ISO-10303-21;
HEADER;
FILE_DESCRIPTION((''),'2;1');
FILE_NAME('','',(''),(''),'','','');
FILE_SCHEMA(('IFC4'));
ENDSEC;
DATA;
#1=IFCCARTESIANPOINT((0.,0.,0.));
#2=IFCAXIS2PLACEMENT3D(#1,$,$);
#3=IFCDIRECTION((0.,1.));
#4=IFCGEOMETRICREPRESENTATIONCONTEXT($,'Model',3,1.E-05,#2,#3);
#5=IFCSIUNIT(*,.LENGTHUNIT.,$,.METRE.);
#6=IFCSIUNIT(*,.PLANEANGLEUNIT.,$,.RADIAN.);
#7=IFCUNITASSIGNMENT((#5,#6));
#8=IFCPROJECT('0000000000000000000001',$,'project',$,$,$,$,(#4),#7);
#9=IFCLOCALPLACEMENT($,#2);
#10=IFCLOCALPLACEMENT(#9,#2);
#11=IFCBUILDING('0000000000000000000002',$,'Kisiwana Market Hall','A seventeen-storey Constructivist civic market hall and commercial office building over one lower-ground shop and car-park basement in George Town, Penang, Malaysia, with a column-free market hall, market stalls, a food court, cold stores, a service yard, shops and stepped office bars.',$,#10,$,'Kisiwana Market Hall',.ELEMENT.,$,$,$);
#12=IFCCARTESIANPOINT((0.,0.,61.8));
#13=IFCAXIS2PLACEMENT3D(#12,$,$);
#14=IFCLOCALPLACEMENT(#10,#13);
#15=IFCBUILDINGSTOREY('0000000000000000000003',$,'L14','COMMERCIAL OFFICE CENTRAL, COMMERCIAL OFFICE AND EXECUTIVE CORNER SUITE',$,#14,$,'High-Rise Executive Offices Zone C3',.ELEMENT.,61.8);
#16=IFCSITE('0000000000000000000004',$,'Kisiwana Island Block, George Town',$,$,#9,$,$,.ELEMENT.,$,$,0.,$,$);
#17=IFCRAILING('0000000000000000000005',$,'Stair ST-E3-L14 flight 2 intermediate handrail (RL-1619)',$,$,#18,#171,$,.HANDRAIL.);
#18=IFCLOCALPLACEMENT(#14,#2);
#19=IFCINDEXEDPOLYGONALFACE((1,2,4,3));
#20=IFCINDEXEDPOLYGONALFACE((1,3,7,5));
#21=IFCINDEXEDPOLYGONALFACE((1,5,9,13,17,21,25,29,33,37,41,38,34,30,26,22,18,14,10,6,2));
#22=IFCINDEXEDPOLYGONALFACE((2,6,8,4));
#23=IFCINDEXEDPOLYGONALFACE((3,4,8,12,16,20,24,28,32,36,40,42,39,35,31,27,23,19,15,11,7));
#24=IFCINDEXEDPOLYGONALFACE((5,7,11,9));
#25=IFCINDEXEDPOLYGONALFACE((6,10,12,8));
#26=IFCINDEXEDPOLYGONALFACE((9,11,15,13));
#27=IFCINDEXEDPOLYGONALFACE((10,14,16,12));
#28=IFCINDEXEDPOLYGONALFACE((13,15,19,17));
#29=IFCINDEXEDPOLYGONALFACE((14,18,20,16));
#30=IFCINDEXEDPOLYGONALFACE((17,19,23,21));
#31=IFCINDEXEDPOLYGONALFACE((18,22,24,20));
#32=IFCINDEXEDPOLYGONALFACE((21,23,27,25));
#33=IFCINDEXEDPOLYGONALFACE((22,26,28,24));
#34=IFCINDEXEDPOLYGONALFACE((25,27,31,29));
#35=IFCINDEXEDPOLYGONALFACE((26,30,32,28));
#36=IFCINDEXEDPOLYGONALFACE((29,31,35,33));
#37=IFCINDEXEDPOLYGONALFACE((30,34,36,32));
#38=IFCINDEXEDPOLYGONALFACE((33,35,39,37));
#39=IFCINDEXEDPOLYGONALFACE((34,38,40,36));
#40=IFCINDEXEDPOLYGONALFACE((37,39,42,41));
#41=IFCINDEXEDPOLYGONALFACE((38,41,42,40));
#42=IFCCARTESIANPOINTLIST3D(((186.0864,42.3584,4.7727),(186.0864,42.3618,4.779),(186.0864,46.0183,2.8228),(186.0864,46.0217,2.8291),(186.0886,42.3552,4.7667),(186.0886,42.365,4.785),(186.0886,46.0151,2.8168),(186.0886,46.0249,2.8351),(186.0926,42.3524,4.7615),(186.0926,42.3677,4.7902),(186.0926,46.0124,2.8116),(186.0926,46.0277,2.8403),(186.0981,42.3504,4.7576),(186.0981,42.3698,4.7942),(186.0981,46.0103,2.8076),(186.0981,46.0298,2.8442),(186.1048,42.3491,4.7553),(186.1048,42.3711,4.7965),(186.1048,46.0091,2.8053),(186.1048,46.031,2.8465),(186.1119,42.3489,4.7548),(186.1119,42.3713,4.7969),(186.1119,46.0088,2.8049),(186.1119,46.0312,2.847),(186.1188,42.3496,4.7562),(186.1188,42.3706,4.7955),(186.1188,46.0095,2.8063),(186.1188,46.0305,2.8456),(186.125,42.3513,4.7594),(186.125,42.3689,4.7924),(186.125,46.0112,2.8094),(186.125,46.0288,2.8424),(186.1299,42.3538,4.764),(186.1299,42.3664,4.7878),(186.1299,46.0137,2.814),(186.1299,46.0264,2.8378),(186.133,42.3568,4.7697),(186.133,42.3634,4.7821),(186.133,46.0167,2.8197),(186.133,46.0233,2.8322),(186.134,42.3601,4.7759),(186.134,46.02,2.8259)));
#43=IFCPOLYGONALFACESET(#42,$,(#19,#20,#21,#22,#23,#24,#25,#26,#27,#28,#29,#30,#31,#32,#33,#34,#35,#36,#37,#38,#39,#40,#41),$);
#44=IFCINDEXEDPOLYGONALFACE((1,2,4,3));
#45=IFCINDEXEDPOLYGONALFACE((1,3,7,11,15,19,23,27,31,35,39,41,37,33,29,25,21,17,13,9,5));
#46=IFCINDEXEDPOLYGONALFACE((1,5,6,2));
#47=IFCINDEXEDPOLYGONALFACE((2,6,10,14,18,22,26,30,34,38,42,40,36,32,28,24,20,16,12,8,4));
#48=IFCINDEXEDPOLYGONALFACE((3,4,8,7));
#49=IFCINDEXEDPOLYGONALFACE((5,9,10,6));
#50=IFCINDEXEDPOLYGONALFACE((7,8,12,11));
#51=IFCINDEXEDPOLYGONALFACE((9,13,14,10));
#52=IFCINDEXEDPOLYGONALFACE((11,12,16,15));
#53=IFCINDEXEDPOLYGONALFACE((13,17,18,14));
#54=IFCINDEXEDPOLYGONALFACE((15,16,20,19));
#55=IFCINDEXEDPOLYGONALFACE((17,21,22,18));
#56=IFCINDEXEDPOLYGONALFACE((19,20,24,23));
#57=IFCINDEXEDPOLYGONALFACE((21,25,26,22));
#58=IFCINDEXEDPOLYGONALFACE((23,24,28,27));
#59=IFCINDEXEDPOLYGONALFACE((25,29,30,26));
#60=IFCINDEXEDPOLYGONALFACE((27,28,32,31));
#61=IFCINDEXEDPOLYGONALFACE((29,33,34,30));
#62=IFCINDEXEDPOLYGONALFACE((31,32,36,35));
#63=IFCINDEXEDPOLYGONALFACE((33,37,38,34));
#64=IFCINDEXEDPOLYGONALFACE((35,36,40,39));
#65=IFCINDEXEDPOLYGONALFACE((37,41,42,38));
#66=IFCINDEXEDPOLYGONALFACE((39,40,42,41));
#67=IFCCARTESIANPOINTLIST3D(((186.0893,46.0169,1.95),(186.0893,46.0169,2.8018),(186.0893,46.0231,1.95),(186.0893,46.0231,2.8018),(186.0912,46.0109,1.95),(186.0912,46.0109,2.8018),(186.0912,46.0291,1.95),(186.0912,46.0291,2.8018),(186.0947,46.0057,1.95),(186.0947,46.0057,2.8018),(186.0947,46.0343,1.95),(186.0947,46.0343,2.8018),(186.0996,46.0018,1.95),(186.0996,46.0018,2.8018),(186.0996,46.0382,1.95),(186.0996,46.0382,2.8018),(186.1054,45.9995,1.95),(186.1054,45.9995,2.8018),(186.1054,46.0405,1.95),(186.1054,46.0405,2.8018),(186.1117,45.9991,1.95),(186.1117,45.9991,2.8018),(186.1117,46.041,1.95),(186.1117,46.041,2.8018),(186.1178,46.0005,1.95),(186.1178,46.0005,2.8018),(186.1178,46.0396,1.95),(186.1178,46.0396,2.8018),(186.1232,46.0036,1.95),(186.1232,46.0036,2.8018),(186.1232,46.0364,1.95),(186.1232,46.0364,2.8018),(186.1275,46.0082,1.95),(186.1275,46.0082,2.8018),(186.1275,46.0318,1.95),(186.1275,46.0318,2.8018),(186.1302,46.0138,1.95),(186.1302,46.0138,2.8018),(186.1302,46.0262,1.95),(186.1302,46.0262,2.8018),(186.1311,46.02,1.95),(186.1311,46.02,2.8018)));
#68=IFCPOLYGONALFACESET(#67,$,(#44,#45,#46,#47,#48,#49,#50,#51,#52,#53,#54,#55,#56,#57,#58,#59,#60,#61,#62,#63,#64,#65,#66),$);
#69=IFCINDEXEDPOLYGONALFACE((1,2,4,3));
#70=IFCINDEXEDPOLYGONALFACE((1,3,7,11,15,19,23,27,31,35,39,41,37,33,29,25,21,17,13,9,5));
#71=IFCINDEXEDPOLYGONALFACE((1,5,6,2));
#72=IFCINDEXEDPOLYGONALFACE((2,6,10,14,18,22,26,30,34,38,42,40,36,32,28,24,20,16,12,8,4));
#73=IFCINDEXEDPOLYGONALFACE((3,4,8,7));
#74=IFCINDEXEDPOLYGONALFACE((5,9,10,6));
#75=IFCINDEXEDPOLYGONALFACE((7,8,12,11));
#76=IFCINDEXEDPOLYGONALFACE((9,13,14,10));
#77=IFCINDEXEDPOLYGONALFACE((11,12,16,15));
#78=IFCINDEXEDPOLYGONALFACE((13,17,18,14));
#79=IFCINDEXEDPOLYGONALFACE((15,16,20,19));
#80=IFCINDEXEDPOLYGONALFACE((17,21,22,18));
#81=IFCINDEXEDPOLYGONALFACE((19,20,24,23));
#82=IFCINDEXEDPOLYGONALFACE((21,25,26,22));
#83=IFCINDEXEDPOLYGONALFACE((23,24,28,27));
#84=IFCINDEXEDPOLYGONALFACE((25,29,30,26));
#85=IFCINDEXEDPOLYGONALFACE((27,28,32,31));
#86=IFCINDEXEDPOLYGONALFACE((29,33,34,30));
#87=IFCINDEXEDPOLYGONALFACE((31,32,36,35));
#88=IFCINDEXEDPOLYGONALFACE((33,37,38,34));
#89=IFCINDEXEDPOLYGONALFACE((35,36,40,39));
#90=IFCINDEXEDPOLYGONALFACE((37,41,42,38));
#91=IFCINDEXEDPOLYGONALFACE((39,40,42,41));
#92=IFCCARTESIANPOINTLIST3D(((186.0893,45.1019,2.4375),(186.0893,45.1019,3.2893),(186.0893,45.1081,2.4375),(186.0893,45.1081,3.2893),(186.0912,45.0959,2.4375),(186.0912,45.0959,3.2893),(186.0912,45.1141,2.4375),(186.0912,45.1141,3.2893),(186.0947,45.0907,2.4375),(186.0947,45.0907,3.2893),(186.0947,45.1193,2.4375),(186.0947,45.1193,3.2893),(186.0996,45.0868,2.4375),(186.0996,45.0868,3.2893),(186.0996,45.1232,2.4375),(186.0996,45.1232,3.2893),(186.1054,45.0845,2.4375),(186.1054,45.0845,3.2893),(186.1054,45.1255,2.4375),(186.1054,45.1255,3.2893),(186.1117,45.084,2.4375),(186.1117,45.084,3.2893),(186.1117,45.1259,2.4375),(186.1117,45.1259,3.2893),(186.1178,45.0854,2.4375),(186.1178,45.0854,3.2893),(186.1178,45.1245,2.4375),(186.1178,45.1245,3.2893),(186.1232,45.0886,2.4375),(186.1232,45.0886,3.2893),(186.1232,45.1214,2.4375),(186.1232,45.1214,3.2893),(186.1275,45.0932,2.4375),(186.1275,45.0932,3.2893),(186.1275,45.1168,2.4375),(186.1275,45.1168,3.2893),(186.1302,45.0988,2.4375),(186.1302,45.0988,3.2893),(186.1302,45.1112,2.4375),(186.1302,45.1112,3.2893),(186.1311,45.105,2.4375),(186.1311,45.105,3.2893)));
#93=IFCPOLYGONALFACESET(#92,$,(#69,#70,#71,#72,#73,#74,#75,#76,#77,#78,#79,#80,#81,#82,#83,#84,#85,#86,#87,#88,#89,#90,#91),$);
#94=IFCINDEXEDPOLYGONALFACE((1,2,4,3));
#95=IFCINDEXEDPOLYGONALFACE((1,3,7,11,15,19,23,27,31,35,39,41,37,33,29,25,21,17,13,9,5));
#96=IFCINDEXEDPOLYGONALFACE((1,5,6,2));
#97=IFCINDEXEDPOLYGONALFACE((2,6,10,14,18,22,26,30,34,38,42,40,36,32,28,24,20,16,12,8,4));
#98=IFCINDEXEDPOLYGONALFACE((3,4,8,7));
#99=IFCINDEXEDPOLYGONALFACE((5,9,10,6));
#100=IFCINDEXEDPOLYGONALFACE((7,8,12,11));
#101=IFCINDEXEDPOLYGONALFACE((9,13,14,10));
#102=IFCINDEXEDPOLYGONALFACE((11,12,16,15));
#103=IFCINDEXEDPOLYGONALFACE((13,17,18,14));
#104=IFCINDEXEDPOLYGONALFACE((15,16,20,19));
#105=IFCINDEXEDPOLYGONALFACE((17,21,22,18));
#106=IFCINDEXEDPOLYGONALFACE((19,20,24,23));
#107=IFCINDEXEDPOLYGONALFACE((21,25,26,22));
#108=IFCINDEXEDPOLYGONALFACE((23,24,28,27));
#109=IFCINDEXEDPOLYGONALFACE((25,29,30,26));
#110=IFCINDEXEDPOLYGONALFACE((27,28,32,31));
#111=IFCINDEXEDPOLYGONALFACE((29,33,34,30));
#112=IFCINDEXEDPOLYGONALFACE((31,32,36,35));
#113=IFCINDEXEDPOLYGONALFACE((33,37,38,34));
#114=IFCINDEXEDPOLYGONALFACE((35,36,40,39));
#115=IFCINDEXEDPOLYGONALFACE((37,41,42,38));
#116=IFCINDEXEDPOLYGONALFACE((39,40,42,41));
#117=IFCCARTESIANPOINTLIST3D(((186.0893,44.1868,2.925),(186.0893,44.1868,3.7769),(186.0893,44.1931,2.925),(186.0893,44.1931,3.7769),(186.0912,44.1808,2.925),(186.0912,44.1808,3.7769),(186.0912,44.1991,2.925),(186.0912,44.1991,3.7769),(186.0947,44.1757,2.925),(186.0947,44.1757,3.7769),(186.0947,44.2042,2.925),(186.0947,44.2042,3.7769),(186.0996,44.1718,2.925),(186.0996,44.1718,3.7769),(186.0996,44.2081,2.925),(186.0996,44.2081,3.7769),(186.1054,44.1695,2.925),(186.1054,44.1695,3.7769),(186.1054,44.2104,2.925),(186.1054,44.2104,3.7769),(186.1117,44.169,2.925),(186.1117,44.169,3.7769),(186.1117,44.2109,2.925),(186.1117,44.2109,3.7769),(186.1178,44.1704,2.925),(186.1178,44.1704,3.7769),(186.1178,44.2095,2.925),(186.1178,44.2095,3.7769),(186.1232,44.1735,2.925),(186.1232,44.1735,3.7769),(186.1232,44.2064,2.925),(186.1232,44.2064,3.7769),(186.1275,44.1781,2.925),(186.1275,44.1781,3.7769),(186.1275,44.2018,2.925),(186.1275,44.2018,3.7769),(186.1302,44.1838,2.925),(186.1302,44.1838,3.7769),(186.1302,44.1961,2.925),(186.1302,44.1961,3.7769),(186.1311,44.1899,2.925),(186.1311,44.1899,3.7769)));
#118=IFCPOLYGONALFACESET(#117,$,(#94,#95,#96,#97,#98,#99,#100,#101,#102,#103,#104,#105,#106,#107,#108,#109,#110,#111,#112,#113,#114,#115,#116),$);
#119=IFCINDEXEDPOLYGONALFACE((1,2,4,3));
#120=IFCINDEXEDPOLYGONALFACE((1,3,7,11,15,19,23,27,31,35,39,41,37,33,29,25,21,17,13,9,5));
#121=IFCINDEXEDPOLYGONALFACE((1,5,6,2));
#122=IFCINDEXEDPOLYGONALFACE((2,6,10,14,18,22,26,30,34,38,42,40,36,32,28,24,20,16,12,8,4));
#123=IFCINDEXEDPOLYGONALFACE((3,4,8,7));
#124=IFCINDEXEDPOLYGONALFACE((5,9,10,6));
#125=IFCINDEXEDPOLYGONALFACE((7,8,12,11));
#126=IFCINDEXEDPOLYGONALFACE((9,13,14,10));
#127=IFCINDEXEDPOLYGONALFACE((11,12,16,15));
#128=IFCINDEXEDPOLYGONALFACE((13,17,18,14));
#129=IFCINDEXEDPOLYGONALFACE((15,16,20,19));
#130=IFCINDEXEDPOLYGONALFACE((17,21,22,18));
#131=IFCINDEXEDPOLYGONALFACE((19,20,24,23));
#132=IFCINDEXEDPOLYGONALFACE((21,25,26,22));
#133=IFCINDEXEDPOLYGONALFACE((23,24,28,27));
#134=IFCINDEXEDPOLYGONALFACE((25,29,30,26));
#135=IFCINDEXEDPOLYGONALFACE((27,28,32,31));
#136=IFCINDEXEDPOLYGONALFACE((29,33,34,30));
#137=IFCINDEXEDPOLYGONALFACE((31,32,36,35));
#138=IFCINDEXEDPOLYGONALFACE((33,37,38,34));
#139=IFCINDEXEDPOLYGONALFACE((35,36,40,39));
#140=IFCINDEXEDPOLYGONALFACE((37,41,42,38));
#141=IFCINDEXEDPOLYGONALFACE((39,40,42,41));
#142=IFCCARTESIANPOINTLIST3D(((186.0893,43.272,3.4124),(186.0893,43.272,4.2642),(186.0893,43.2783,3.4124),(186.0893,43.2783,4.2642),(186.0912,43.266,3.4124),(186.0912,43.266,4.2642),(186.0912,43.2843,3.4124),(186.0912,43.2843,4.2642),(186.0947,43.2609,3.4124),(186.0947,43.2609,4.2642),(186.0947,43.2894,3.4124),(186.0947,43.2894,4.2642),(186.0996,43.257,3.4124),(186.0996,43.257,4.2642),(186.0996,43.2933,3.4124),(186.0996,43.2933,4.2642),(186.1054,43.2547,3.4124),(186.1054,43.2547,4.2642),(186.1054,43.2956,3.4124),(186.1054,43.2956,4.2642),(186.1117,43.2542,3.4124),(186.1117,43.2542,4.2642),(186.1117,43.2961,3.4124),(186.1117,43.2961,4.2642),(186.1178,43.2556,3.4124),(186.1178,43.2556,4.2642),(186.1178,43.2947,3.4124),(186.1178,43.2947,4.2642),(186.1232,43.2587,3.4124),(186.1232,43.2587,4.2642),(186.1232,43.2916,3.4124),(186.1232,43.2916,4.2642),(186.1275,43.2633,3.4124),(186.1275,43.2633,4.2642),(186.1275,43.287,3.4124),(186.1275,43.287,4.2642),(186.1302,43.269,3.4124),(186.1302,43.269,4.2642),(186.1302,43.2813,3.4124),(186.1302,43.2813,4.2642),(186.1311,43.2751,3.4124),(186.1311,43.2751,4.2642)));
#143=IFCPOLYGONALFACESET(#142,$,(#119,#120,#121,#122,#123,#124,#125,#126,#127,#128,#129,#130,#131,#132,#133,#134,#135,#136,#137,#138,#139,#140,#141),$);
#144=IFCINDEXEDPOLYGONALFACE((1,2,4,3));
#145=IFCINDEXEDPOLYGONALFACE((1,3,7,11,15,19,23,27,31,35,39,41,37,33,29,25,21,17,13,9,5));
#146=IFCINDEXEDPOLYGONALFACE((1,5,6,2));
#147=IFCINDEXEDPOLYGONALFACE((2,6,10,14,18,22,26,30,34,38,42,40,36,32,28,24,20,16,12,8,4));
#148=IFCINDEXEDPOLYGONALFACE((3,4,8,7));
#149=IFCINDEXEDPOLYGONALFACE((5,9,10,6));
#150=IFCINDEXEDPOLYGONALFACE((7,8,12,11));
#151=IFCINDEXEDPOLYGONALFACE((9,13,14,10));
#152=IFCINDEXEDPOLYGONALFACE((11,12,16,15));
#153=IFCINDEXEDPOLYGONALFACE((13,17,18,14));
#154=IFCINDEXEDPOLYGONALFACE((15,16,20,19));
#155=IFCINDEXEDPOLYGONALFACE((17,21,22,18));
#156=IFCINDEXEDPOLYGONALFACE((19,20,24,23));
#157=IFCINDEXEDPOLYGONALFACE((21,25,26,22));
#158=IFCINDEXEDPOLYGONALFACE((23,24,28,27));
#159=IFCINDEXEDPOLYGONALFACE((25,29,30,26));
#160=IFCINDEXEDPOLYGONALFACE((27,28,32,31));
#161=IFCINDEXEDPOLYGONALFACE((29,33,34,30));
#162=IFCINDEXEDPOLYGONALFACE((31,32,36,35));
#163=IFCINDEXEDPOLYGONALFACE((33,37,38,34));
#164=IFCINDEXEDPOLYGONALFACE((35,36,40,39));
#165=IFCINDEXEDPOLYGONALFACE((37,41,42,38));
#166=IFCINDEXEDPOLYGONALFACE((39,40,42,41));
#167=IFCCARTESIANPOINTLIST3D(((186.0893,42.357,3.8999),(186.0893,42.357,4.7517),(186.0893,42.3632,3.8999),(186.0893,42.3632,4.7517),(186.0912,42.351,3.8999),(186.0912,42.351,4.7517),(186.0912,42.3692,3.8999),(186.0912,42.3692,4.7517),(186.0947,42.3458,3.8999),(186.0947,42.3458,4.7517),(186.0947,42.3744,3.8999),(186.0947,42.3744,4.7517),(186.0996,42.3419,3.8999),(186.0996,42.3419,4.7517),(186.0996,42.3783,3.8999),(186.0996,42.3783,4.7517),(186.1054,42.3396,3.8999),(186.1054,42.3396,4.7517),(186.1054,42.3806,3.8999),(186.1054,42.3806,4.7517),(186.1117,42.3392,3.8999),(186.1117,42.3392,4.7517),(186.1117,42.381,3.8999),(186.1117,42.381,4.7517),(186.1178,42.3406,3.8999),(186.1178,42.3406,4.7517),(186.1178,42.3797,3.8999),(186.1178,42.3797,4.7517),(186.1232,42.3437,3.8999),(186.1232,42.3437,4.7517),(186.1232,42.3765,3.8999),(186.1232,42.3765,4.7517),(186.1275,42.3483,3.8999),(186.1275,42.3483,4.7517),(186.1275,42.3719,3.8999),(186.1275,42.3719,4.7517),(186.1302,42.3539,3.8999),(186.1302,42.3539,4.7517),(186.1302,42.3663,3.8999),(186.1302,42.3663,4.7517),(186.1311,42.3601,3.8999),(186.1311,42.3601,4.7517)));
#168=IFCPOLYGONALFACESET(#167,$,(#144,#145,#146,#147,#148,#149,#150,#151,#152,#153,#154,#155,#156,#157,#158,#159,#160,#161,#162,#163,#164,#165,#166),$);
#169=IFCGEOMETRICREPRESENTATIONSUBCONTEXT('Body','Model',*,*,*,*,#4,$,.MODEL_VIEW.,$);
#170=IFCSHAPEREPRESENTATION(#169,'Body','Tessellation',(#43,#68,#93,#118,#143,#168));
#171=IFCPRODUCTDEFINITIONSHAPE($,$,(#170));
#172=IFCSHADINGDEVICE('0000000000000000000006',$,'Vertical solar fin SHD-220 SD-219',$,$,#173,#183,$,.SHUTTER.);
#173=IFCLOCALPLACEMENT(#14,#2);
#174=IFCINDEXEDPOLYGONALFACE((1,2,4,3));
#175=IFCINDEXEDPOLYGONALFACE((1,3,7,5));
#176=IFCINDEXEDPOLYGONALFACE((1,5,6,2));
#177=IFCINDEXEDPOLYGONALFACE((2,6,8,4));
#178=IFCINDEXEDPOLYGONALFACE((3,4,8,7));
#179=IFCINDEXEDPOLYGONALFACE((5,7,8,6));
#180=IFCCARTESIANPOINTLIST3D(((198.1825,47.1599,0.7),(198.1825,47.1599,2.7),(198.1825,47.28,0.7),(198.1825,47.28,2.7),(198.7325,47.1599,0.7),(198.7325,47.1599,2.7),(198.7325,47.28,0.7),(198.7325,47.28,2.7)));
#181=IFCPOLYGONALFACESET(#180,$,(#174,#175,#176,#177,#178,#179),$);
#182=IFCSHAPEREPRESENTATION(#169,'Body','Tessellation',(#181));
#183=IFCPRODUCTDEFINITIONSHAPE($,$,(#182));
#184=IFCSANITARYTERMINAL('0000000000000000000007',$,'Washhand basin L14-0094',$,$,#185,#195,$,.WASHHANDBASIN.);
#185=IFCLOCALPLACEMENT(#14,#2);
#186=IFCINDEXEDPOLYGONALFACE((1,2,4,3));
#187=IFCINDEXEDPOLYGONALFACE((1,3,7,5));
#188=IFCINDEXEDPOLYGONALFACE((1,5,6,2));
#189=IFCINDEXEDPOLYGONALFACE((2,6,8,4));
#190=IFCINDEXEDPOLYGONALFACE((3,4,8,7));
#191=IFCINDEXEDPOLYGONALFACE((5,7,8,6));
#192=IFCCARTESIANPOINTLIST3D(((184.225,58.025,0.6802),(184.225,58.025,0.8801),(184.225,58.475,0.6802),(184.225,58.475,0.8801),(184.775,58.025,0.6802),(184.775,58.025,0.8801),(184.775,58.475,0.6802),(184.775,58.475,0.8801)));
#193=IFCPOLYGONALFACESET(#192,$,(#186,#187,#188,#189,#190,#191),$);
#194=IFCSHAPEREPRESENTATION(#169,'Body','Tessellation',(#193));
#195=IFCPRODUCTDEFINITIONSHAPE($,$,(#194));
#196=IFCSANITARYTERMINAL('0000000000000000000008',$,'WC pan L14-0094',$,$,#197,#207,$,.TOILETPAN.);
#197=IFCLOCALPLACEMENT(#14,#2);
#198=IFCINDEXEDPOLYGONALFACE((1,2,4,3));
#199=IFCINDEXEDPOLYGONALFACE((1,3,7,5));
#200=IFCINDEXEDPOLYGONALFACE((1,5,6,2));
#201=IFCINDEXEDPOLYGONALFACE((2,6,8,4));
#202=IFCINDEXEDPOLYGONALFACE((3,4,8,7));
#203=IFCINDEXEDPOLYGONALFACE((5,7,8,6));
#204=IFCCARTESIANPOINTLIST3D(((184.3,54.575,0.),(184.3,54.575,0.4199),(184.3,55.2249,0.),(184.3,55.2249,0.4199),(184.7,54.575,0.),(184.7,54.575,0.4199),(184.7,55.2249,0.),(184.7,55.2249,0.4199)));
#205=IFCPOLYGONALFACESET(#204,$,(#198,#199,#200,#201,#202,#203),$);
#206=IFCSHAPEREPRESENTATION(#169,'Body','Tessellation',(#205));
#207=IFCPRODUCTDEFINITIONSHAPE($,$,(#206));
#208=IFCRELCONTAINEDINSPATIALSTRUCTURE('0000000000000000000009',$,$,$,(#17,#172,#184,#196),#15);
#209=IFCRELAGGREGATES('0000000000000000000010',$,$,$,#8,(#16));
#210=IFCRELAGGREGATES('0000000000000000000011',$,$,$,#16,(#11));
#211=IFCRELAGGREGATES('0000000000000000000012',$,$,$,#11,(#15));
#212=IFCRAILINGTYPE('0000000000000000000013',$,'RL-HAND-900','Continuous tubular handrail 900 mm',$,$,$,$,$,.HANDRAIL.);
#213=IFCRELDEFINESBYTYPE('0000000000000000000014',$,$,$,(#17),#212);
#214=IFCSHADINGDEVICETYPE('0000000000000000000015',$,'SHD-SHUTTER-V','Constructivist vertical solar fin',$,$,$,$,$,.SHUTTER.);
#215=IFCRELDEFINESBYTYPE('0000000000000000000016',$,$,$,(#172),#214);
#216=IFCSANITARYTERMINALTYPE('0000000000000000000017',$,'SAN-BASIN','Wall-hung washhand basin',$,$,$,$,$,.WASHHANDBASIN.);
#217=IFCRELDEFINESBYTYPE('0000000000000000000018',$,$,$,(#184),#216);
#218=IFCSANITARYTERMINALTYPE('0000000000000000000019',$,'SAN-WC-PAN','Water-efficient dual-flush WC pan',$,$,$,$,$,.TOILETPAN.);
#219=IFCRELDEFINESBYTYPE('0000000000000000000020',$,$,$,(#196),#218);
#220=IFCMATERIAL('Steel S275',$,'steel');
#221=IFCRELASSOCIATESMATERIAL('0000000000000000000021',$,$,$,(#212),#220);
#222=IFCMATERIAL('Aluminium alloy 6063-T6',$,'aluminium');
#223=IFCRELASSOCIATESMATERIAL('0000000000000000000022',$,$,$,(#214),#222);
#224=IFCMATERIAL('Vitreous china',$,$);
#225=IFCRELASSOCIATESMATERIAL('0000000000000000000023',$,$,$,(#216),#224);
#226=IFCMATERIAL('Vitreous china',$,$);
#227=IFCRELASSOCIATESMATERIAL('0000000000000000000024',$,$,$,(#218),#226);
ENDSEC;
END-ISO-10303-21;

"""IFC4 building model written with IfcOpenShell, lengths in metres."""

from ifc_helpers import new_model, si_unit, direction, frame, origin, origin_2d, place, context, subcontext, project, spatial, rectangle, circle, extrude, material, type_object, element, save


model = new_model("IFC4")

# Units and contexts
model_context = context("Model", 3, precision=1e-05, world=origin(), true_north=direction((0.0, 1.0)))
body_context = subcontext(model_context, "Body", "Model", "MODEL_VIEW")
ifc_project = project(units=[si_unit("LENGTHUNIT", "METRE"), si_unit("PLANEANGLEUNIT", "RADIAN")], contexts=[model_context])

# Site, building, storey
site_placement = place(None, origin())
site = spatial("IfcSite", under=ifc_project, at=site_placement, Name="Kisiwana Island Block, George Town", CompositionType="ELEMENT", RefElevation=0.0)
building_placement = place(site_placement, origin())
building = spatial("IfcBuilding", under=site, at=building_placement, Name="Kisiwana Market Hall", Description="A seventeen-storey Constructivist civic market hall and commercial office building over one lower-ground shop and car-park basement in George Town, Penang, Malaysia, with a column-free market hall, market stalls, a food court, cold stores, a service yard, shops and stepped office bars.", LongName="Kisiwana Market Hall", CompositionType="ELEMENT")
storey_placement = place(building_placement, frame((0.0, 0.0, 61.8)))
storey = spatial("IfcBuildingStorey", under=building, at=storey_placement, Name="L14", Description="COMMERCIAL OFFICE CENTRAL, COMMERCIAL OFFICE AND EXECUTIVE CORNER SUITE", LongName="High-Rise Executive Offices Zone C3", CompositionType="ELEMENT", Elevation=61.8)

# Railing
ifc_material_1 = material(Name="Steel S275", Category="steel")
railing_type_1 = type_object("IfcRailingType", Name="RL-HAND-900", Description="Continuous tubular handrail 900 mm", PredefinedType="HANDRAIL", material=ifc_material_1)
railing_1_placement = place(storey_placement, frame((186.1101, 46.02, 1.95)))
element("IfcRailing", 1, at=railing_1_placement, inside=storey, type_object=railing_type_1, Name="Stair ST-E3-L14 flight 2 intermediate handrail (RL-1619)", PredefinedType="HANDRAIL", context=body_context, shape_type="SweptSolid", body=[
    extrude(circle(Radius=0.0239, at=origin_2d()), frame((0.0, 0.0, 0.876), z_axis=(0.0, -0.882553, 0.470212), x_axis=(1.0, 0.0, 0.0)), (0.0, 0.0, 1.0), 4.147),
    extrude(circle(Radius=0.021, at=origin_2d()), origin(), (0.0, 0.0, 1.0), 0.8518),
    extrude(circle(Radius=0.021, at=origin_2d()), frame((0.0, -0.915, 0.4875)), (0.0, 0.0, 1.0), 0.8518),
    extrude(circle(Radius=0.021, at=origin_2d()), frame((0.0, -1.8301, 0.9751)), (0.0, 0.0, 1.0), 0.8518),
    extrude(circle(Radius=0.021, at=origin_2d()), frame((0.0, -2.7449, 1.4624)), (0.0, 0.0, 1.0), 0.8518),
    extrude(circle(Radius=0.021, at=origin_2d()), frame((0.0, -3.6599, 1.95)), (0.0, 0.0, 1.0), 0.8518),
])

# Shading device
ifc_material_2 = material(Name="Aluminium alloy 6063-T6", Category="aluminium")
shading_device_type = type_object("IfcShadingDeviceType", Name="SHD-SHUTTER-V", Description="Constructivist vertical solar fin", PredefinedType="SHUTTER", material=ifc_material_2)
shading_device_placement = place(storey_placement, frame((198.4575, 47.22, 0.7), z_axis=(0.0, 0.0, 1.0), x_axis=(0.0, 1.0, 0.0)))
element("IfcShadingDevice", 2, at=shading_device_placement, inside=storey, type_object=shading_device_type, Name="Vertical solar fin SHD-220 SD-219", PredefinedType="SHUTTER", context=body_context, shape_type="SweptSolid", body=[
    extrude(rectangle(XDim=0.1201, YDim=0.55, at=origin_2d()), origin(), (0.0, 0.0, 1.0), 2.0),
])

# Sanitary terminals
ifc_material_3 = material(Name="Vitreous china")
sanitary_terminal_type_1 = type_object("IfcSanitaryTerminalType", Name="SAN-BASIN", Description="Wall-hung washhand basin", PredefinedType="WASHHANDBASIN", material=ifc_material_3)
sanitary_terminal_placement = place(storey_placement, frame((184.5, 58.25, 0.6802), z_axis=(0.0, 0.0, 1.0), x_axis=(1.0, 0.0, 0.0)))
element("IfcSanitaryTerminal", 3, at=sanitary_terminal_placement, inside=storey, type_object=sanitary_terminal_type_1, Name="Washhand basin L14-0094", PredefinedType="WASHHANDBASIN", context=body_context, shape_type="SweptSolid", body=[
    extrude(rectangle(XDim=0.55, YDim=0.45, at=origin_2d()), origin(), (0.0, 0.0, 1.0), 0.2),
])
ifc_material_4 = material(Name="Vitreous china")
sanitary_terminal_type_2 = type_object("IfcSanitaryTerminalType", Name="SAN-WC-PAN", Description="Water-efficient dual-flush WC pan", PredefinedType="TOILETPAN", material=ifc_material_4)
for number, where, z_axis, x_axis, name in (
    (4, (184.5, 54.8999, 0.0), (0.0, 0.0, 1.0), (1.0, 0.0, 0.0), "WC pan L14-0094"),
):
    element("IfcSanitaryTerminal", number, at=place(storey_placement, frame(where, z_axis=z_axis, x_axis=x_axis)), inside=storey, type_object=sanitary_terminal_type_2, Name=name, PredefinedType="TOILETPAN", context=body_context, shape_type="SweptSolid", body=[
        extrude(rectangle(XDim=0.3999, YDim=0.6499, at=origin_2d()), origin(), (0.0, 0.0, 1.0), 0.4199),
    ])

save(model, "model.ifc")
